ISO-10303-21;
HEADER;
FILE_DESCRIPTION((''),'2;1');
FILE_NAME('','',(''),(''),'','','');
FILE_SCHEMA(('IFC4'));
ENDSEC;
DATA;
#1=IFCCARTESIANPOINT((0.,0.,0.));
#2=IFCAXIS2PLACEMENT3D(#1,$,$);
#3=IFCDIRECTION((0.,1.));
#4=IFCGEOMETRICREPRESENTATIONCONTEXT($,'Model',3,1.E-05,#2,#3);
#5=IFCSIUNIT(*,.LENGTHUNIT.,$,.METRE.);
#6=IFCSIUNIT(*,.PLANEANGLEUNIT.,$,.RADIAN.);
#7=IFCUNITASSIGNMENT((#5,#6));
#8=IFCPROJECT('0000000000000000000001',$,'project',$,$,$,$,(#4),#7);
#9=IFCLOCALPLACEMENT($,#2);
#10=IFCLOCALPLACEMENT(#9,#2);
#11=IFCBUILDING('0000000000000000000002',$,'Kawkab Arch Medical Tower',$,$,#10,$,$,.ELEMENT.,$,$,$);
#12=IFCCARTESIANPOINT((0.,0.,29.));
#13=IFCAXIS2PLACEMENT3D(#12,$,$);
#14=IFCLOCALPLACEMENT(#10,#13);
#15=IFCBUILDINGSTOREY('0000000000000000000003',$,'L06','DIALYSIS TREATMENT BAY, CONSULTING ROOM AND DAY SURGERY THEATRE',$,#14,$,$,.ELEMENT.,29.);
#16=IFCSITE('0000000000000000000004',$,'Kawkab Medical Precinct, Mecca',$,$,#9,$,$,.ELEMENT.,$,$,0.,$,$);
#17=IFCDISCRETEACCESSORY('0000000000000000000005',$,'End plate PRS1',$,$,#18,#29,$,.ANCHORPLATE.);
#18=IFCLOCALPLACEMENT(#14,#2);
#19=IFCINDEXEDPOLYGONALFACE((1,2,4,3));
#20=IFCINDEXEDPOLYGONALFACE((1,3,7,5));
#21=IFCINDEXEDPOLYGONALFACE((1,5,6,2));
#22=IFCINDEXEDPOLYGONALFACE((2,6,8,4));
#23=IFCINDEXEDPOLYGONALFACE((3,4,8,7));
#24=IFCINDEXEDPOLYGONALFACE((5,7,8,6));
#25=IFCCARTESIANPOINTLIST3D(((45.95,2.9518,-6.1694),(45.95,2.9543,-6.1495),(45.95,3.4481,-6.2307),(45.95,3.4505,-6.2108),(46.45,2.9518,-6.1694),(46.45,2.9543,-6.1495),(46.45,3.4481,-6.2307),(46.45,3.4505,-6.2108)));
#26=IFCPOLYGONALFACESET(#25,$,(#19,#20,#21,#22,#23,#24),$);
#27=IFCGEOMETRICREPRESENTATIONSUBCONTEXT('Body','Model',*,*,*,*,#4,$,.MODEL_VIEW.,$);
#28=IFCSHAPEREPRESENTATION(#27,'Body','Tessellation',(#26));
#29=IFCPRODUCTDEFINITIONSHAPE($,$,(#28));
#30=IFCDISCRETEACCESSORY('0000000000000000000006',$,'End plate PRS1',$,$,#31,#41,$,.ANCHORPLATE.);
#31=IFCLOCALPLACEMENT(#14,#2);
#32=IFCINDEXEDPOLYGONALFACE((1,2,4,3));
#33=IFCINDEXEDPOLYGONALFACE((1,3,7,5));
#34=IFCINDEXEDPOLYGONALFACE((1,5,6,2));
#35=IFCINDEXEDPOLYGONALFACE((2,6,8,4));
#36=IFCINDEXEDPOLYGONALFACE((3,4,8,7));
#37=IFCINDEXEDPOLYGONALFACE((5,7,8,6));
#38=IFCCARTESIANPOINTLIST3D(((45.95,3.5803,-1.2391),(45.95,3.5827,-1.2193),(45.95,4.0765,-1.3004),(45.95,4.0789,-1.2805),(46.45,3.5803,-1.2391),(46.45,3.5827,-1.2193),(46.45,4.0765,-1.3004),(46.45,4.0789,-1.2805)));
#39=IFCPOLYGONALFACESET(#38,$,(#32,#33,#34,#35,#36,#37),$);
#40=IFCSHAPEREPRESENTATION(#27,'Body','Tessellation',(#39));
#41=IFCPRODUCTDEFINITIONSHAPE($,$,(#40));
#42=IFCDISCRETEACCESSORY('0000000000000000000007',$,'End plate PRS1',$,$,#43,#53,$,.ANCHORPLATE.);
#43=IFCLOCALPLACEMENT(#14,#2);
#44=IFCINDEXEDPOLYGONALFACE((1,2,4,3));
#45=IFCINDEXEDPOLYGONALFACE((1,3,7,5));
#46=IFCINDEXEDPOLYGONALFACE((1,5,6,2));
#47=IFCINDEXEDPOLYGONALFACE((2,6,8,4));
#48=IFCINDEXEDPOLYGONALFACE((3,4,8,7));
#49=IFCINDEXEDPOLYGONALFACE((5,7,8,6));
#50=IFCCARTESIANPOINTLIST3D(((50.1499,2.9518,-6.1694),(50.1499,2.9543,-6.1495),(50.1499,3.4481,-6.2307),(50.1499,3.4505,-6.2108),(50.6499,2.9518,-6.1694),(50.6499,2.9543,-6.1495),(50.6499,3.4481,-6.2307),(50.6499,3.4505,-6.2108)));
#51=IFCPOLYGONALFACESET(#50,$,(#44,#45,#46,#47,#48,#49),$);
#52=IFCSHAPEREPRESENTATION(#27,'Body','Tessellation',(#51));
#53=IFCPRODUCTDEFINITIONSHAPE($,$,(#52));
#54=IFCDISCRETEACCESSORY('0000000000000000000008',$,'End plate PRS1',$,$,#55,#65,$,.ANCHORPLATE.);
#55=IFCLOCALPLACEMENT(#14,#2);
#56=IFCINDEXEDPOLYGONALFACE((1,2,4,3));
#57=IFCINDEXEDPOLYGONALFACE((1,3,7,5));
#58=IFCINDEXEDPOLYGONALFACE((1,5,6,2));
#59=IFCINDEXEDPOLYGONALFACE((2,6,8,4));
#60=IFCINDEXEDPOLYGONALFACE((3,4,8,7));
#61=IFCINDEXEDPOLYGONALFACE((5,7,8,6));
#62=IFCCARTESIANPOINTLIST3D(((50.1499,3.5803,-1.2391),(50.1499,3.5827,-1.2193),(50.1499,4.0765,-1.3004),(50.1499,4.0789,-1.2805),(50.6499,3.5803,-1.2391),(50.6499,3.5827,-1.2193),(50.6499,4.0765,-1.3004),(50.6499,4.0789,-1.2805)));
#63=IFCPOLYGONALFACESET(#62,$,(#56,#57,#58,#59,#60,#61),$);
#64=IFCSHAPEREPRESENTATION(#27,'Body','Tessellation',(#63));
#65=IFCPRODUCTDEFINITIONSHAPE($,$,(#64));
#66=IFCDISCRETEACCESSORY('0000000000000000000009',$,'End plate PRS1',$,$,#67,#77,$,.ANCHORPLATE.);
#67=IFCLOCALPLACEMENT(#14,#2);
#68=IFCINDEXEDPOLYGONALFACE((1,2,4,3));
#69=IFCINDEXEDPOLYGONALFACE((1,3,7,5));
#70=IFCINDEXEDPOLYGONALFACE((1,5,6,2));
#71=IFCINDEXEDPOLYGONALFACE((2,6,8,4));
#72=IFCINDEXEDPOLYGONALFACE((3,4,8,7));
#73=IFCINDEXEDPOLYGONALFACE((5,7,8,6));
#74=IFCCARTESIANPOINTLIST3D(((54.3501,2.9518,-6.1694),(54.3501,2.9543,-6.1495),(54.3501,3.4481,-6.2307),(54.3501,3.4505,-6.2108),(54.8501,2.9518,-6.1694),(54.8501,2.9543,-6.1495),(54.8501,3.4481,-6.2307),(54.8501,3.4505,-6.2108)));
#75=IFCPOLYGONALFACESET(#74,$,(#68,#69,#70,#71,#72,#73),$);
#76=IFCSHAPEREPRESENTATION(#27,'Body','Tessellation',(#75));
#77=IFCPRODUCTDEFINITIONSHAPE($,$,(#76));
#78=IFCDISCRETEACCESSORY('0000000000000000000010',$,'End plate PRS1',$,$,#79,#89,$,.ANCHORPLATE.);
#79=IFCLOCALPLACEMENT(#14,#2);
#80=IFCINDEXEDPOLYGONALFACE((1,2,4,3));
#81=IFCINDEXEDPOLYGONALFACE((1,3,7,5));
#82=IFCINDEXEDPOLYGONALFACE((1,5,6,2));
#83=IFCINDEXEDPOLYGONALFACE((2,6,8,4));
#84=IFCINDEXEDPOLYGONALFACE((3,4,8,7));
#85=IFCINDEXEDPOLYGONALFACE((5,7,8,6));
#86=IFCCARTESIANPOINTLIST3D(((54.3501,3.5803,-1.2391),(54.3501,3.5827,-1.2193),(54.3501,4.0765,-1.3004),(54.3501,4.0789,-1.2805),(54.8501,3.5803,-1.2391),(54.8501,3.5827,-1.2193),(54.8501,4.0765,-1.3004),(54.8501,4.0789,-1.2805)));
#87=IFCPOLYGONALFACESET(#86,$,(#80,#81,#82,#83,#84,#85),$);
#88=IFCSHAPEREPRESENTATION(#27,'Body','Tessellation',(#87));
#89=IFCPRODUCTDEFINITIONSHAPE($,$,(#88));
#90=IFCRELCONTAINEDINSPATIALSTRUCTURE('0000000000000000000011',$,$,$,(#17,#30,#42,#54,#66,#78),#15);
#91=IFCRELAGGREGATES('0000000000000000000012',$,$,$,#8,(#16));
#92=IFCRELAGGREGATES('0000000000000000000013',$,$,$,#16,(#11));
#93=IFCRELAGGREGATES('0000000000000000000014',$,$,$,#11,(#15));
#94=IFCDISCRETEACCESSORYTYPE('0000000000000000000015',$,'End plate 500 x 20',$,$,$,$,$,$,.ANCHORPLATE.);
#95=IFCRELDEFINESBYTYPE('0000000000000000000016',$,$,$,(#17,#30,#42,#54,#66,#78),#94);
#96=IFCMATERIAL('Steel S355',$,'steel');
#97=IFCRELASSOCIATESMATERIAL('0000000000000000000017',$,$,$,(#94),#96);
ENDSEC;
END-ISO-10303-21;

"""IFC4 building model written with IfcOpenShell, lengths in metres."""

from ifc_helpers import new_model, si_unit, direction, frame, origin, origin_2d, place, context, subcontext, project, spatial, rectangle, extrude, material, material_profile, profile_set, type_object, element, save


model = new_model("IFC4")

# Units and contexts
model_context = context("Model", 3, precision=1e-05, world=origin(), true_north=direction((0.0, 1.0)))
body_context = subcontext(model_context, "Body", "Model", "MODEL_VIEW")
ifc_project = project(units=[si_unit("LENGTHUNIT", "METRE"), si_unit("PLANEANGLEUNIT", "RADIAN")], contexts=[model_context])

# Site, building, storey
site_placement = place(None, origin())
site = spatial("IfcSite", under=ifc_project, at=site_placement, Name="Kawkab Medical Precinct, Mecca", CompositionType="ELEMENT", RefElevation=0.0)
building_placement = place(site_placement, origin())
building = spatial("IfcBuilding", under=site, at=building_placement, Name="Kawkab Arch Medical Tower", CompositionType="ELEMENT")
storey_placement = place(building_placement, frame((0.0, 0.0, 29.0)))
storey = spatial("IfcBuildingStorey", under=building, at=storey_placement, Name="L06", Description="DIALYSIS TREATMENT BAY, CONSULTING ROOM AND DAY SURGERY THEATRE", CompositionType="ELEMENT", Elevation=29.0)

# Discrete accessories
ifc_material_1 = material(Name="Steel S355", Category="steel")
ifc_material_profile_1 = material_profile(ifc_material_1, rectangle(XDim=0.5, YDim=0.5, at=origin_2d()), Name="End plate 500 x 20")
ifc_profile_set_1 = profile_set([ifc_material_profile_1], Name="Steel S355")
discrete_accessory_type_1 = type_object("IfcDiscreteAccessoryType", Name="End plate 500 x 20", PredefinedType="ANCHORPLATE", material=ifc_profile_set_1)
for number, where, z_axis, x_axis, name in (
    (1, (46.2, 3.2024, -6.1802), (0.0, -0.122527, -0.992465), (1.0, 0.0, 0.0), "End plate PRS1"),
    (2, (46.2, 3.8284, -1.2698), (0.0, 0.122527, 0.992465), (-1.0, 0.0, 0.0), "End plate PRS1"),
    (3, (50.3999, 3.2024, -6.1802), (0.0, -0.122527, -0.992465), (1.0, 0.0, 0.0), "End plate PRS1"),
    (4, (50.3999, 3.8284, -1.2698), (0.0, 0.122527, 0.992465), (-1.0, 0.0, 0.0), "End plate PRS1"),
    (5, (54.6001, 3.2024, -6.1802), (0.0, -0.122527, -0.992465), (1.0, 0.0, 0.0), "End plate PRS1"),
    (6, (54.6001, 3.8284, -1.2698), (0.0, 0.122527, 0.992465), (-1.0, 0.0, 0.0), "End plate PRS1"),
):
    element("IfcDiscreteAccessory", number, at=place(storey_placement, frame(where, z_axis=z_axis, x_axis=x_axis)), inside=storey, type_object=discrete_accessory_type_1, Name=name, PredefinedType="ANCHORPLATE", context=body_context, shape_type="SweptSolid", body=[
        extrude(rectangle(XDim=0.5, YDim=0.5, at=origin_2d()), origin(), (0.0, 0.0, 1.0), 0.02),
    ])

save(model, "model.ifc")
